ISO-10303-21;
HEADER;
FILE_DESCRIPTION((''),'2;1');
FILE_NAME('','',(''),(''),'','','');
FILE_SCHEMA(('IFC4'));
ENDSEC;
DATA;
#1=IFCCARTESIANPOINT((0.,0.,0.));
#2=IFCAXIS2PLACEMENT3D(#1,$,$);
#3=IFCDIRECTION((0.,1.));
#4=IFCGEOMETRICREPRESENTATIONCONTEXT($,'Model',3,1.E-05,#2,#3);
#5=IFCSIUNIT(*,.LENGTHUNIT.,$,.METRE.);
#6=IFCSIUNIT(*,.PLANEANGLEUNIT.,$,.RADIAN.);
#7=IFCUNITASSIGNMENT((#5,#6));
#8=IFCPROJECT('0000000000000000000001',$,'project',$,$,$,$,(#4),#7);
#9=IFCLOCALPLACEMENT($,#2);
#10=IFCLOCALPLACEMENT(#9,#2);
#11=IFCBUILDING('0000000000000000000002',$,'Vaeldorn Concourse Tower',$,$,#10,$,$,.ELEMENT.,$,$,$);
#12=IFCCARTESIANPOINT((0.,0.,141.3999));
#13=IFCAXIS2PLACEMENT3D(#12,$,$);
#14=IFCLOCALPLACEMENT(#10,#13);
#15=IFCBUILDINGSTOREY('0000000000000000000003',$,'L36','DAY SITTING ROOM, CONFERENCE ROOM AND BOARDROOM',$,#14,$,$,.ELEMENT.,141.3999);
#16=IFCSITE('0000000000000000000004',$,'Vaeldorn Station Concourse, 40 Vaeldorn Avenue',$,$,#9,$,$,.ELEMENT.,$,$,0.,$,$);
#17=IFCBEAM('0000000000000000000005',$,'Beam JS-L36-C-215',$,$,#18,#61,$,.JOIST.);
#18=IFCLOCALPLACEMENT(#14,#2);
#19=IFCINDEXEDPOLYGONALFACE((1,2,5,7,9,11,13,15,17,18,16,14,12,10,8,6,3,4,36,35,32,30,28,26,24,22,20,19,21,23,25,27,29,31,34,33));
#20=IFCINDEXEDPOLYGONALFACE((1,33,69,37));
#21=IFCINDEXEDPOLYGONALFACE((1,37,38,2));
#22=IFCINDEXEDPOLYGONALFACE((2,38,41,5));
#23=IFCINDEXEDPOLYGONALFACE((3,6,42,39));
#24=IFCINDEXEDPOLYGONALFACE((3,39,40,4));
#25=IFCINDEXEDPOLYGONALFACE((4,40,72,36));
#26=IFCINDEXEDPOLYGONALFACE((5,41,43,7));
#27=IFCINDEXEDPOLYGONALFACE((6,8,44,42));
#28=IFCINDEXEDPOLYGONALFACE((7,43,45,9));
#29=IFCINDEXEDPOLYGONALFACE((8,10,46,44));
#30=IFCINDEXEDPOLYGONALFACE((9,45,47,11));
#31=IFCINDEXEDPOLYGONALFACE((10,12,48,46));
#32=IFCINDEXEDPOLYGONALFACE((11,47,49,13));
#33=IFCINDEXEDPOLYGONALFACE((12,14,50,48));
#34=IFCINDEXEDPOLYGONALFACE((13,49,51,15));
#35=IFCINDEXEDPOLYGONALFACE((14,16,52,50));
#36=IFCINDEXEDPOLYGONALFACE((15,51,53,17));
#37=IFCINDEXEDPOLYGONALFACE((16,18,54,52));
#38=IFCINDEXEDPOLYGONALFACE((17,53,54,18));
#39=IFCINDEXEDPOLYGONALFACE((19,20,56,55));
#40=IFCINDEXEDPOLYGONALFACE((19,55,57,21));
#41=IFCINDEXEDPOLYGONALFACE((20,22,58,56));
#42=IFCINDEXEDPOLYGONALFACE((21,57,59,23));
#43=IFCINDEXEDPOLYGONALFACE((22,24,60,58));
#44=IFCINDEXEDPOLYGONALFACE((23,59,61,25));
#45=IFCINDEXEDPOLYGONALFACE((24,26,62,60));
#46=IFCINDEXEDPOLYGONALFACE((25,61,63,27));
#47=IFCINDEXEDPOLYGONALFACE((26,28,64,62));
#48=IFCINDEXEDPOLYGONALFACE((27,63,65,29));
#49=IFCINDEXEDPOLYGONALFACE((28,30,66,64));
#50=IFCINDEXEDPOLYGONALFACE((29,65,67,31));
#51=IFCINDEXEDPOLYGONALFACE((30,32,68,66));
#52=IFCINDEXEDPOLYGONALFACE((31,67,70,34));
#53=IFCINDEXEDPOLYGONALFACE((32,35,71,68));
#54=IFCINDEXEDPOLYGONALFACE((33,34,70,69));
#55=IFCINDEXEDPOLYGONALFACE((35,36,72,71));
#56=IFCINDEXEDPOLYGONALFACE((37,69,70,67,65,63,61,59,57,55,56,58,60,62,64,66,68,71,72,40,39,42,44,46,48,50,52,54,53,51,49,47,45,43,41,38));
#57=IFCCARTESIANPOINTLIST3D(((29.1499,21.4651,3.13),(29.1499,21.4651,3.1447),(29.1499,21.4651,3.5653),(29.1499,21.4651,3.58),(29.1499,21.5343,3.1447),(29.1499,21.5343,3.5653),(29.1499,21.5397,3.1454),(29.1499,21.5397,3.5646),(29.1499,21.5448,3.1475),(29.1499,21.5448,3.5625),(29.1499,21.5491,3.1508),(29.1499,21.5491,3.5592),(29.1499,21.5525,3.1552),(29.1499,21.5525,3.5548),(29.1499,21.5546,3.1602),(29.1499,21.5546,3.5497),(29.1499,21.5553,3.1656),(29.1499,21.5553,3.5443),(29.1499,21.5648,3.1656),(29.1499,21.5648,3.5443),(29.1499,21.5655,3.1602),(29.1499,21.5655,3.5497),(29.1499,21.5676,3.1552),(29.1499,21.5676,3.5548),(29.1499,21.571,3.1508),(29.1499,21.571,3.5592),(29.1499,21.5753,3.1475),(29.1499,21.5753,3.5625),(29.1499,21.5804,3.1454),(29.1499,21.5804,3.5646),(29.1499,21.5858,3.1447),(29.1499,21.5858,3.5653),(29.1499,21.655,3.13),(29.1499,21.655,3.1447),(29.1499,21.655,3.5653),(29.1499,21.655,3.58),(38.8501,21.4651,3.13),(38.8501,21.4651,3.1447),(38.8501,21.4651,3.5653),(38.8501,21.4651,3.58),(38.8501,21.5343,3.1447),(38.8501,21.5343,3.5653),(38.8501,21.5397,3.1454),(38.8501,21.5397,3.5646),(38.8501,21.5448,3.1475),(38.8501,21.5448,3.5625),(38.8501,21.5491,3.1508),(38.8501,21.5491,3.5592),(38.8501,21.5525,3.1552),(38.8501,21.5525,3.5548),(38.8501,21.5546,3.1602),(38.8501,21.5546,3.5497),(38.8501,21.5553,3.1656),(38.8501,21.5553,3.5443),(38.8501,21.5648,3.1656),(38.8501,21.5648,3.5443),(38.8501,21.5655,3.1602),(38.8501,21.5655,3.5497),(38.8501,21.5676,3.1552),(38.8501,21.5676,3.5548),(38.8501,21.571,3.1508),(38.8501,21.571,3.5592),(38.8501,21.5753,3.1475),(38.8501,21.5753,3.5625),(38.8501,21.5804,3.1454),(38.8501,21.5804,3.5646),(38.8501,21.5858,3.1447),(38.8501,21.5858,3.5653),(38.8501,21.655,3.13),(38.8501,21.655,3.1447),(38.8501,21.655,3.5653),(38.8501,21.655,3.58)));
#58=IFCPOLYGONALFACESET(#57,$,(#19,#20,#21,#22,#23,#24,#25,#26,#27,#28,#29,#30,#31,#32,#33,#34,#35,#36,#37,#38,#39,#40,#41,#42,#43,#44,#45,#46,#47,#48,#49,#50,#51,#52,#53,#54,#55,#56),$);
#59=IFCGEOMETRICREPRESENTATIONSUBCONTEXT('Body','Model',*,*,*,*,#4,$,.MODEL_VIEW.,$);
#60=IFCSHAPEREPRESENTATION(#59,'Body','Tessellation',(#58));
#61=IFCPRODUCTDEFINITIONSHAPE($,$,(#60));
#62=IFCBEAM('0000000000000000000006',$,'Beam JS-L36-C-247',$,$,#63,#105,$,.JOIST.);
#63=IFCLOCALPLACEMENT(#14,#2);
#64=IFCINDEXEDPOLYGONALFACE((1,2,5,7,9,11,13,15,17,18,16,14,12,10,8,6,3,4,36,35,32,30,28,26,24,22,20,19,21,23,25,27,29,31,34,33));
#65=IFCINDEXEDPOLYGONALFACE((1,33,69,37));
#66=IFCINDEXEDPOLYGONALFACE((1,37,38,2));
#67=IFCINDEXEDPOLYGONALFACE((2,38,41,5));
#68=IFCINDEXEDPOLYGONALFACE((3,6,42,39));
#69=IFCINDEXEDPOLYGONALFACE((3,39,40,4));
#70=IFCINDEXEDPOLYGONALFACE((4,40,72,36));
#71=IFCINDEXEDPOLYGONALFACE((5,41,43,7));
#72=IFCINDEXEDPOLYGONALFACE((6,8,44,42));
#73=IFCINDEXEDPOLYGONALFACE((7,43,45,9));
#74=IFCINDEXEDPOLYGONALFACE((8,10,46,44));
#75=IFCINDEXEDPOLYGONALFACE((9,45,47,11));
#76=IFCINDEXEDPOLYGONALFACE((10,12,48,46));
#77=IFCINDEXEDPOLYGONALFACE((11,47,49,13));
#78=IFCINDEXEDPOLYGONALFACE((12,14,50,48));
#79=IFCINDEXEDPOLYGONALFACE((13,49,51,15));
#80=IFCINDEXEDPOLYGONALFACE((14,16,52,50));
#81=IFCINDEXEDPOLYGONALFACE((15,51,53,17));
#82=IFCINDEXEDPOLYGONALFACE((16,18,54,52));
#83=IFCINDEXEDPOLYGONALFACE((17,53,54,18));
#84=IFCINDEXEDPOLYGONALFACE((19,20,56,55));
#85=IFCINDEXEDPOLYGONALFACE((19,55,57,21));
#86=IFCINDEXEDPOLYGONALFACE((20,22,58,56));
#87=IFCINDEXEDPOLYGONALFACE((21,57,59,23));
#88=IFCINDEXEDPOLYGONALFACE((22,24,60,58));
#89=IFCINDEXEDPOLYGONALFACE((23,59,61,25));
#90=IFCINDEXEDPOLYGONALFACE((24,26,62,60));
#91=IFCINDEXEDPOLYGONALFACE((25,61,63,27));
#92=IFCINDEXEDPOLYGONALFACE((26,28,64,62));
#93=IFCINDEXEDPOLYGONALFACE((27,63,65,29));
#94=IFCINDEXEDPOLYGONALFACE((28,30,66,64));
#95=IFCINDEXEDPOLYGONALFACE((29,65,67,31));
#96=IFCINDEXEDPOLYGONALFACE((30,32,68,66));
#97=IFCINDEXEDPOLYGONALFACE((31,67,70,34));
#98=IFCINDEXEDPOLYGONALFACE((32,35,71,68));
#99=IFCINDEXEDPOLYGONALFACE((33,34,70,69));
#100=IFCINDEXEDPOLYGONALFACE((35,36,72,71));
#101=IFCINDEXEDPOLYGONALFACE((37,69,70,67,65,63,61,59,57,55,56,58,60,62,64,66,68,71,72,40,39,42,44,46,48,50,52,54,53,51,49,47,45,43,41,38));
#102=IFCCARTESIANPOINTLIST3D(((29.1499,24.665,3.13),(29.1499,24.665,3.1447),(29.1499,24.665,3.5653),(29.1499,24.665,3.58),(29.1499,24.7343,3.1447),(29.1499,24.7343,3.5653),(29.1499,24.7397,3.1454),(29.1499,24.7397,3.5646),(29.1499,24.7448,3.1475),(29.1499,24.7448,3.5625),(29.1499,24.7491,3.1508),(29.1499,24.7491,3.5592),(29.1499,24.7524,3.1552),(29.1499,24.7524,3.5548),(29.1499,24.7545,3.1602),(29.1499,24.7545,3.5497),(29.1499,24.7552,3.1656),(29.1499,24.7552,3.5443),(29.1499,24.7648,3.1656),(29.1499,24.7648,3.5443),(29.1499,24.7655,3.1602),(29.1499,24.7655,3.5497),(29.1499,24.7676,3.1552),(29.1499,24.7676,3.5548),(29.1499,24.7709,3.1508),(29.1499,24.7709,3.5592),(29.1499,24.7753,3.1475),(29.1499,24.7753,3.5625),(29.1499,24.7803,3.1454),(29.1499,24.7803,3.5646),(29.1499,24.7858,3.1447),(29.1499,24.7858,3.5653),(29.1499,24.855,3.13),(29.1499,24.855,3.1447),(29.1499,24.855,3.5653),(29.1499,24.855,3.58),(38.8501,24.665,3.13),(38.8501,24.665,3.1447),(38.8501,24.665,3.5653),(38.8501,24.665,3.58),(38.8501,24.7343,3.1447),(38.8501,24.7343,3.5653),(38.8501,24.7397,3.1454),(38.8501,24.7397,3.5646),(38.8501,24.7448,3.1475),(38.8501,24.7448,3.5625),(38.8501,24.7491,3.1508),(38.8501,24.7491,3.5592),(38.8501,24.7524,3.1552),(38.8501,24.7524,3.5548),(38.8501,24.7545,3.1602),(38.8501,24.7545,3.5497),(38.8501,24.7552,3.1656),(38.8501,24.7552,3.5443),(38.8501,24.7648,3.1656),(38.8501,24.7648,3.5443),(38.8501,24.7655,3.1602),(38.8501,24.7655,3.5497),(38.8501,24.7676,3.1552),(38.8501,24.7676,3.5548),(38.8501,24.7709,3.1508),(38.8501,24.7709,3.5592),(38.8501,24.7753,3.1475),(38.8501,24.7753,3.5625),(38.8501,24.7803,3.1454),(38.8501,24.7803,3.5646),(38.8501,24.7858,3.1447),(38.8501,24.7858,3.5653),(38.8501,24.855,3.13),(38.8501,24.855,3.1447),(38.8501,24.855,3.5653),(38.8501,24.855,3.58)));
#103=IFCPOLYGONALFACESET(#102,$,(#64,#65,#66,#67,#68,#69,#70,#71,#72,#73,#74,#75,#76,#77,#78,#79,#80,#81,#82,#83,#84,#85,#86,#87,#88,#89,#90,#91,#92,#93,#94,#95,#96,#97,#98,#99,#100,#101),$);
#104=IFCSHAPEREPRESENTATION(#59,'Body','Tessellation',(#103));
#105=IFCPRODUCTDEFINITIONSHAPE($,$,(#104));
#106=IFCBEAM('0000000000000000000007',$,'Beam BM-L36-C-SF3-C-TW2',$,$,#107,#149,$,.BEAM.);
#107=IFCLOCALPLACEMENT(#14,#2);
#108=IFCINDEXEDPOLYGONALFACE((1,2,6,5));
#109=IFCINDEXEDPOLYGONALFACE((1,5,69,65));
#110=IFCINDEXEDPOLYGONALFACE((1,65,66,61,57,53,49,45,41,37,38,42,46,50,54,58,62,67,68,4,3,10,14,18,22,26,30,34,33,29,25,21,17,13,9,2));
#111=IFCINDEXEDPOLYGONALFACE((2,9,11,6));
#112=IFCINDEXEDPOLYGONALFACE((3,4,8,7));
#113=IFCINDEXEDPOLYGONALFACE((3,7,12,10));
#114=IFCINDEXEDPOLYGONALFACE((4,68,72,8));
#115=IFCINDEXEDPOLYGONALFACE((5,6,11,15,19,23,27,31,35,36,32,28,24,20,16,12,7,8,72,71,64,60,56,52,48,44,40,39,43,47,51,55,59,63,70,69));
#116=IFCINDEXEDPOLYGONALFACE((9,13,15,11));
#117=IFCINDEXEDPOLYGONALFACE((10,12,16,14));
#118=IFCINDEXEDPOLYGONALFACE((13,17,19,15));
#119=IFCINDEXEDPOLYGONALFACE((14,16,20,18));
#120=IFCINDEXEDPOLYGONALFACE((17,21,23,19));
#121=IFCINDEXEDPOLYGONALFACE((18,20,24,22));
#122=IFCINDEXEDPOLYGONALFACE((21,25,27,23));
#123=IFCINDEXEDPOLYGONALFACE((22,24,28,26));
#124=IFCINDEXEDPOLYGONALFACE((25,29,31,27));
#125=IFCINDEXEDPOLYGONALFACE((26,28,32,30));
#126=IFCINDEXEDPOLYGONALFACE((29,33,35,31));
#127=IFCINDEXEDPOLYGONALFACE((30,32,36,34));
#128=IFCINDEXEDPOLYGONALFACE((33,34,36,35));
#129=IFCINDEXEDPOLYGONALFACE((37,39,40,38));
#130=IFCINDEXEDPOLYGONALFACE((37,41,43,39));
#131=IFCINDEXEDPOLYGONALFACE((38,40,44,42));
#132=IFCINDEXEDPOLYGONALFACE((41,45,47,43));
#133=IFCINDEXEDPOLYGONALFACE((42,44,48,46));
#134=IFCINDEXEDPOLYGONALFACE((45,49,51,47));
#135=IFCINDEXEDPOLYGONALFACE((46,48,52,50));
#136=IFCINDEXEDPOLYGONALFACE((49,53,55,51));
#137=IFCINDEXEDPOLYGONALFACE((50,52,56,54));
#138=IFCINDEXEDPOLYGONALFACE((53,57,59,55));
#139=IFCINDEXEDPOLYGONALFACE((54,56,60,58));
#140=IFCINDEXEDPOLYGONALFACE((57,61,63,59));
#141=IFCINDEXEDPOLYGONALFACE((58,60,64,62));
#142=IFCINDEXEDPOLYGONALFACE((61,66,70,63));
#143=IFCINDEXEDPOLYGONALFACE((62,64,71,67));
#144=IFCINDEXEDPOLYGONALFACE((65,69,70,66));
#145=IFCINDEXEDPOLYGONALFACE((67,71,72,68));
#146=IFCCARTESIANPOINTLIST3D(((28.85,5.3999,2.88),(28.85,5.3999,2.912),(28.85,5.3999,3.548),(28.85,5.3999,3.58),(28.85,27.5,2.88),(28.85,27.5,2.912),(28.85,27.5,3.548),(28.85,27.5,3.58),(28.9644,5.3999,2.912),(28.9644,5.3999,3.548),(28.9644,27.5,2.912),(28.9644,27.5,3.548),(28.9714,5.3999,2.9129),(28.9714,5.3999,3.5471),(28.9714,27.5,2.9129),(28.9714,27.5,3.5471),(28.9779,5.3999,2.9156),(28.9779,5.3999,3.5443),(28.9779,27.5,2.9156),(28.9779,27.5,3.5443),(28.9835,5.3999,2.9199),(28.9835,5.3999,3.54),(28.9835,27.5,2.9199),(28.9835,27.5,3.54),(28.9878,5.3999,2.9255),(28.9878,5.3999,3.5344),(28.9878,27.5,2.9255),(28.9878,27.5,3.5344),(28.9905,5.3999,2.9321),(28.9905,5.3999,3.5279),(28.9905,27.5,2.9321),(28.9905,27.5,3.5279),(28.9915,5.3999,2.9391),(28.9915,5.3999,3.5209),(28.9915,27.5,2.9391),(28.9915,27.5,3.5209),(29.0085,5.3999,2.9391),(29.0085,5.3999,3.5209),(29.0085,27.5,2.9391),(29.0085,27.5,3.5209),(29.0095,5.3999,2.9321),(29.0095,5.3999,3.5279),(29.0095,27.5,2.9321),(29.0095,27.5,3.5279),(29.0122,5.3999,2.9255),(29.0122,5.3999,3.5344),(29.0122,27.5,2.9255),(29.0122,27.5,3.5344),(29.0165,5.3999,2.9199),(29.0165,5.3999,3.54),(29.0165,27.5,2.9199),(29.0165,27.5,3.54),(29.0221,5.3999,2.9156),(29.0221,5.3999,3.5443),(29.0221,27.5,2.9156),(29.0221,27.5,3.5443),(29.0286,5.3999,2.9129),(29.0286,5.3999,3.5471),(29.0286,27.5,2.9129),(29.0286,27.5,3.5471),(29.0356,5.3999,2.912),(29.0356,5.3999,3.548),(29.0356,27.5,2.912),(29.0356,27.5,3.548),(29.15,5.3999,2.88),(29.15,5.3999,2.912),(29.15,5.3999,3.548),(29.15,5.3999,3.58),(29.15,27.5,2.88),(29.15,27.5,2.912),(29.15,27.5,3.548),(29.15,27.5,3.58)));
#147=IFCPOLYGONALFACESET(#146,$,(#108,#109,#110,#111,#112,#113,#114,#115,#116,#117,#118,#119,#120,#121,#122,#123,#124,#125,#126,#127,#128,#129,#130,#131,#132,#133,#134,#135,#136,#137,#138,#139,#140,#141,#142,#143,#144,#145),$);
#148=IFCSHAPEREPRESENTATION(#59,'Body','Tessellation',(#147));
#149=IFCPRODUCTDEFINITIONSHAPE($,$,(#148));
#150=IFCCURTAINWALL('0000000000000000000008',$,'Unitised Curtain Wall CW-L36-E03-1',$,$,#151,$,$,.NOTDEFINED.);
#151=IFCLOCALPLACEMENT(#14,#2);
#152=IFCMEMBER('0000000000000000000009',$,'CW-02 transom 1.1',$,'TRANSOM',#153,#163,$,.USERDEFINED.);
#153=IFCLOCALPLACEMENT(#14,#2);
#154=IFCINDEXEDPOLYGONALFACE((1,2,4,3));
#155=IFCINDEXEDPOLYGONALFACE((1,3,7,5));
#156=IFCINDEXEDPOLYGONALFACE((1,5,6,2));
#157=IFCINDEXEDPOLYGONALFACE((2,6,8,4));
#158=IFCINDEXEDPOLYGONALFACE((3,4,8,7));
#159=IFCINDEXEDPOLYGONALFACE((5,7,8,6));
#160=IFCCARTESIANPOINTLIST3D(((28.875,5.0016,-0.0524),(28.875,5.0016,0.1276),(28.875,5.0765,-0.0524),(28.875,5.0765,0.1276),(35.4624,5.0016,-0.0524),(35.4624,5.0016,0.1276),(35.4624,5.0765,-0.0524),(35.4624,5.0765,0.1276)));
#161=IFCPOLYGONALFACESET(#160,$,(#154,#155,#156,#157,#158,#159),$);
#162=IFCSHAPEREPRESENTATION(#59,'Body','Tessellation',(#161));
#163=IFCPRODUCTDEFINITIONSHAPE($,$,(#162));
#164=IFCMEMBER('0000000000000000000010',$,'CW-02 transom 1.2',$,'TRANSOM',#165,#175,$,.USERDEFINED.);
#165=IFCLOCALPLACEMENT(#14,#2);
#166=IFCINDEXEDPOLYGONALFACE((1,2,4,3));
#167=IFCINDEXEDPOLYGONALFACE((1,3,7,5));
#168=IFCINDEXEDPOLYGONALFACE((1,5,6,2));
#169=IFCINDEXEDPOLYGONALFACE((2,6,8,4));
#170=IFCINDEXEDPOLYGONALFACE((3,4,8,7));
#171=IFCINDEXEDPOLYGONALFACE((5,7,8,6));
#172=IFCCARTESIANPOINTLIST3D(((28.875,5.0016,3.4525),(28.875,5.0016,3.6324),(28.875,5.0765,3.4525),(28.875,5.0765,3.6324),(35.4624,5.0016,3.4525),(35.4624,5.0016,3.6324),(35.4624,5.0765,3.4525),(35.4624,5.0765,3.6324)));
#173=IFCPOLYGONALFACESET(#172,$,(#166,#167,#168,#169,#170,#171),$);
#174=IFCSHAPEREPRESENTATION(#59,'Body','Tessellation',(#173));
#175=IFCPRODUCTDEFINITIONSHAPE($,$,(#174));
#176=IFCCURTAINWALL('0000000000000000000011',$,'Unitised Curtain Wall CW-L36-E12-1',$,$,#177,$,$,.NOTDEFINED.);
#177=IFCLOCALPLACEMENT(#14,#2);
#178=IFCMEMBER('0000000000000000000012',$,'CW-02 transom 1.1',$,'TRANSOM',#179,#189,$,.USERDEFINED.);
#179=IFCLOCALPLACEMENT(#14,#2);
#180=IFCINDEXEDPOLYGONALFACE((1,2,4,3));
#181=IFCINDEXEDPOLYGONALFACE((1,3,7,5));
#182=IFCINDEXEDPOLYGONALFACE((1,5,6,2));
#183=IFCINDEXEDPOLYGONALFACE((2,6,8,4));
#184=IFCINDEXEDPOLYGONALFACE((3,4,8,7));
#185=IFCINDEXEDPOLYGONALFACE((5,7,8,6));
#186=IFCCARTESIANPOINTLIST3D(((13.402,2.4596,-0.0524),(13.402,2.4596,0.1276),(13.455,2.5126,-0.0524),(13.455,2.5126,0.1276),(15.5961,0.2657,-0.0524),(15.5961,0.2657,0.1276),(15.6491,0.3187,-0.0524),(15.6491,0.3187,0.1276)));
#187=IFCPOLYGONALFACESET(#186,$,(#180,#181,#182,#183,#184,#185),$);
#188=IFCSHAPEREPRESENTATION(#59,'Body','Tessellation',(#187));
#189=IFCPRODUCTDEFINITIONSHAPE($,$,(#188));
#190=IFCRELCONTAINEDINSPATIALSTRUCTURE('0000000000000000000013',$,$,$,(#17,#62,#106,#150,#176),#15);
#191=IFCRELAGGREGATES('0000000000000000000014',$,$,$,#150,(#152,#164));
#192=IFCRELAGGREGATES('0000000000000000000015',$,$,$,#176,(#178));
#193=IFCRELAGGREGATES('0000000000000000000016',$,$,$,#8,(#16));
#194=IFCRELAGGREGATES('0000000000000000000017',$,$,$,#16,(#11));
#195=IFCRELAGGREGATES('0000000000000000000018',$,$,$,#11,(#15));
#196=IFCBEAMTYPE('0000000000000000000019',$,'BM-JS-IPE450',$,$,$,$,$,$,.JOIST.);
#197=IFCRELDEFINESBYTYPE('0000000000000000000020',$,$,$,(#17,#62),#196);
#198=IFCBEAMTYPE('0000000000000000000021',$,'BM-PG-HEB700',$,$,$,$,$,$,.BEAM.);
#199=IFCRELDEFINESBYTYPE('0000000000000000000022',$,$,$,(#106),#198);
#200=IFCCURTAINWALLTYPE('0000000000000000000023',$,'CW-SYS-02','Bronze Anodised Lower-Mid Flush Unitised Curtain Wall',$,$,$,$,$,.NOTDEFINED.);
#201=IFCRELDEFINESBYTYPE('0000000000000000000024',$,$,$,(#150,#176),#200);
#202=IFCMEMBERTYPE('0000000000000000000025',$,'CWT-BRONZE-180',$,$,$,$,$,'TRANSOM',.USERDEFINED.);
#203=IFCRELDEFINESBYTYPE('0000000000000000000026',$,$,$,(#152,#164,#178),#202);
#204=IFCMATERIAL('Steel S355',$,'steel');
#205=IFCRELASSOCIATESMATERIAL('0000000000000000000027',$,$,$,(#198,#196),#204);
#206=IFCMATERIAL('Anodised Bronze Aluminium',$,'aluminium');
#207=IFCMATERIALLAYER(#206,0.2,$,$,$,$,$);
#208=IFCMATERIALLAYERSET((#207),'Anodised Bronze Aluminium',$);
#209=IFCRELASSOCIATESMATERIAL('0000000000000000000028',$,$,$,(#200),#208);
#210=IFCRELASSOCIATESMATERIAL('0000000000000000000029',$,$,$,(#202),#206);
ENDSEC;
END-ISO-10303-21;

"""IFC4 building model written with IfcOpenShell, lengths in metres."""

from ifc_helpers import new_model, si_unit, direction, frame, origin, origin_2d, place, context, subcontext, project, spatial, rectangle, i_section, extrude, source, transform, mapped, material, layer, layer_set, material_profile, profile_set, type_object, element, aggregate, save


model = new_model("IFC4")

# Units and contexts
model_context = context("Model", 3, precision=1e-05, world=origin(), true_north=direction((0.0, 1.0)))
body_context = subcontext(model_context, "Body", "Model", "MODEL_VIEW")
ifc_project = project(units=[si_unit("LENGTHUNIT", "METRE"), si_unit("PLANEANGLEUNIT", "RADIAN")], contexts=[model_context])

# Site, building, storey
site_placement = place(None, origin())
site = spatial("IfcSite", under=ifc_project, at=site_placement, Name="Vaeldorn Station Concourse, 40 Vaeldorn Avenue", CompositionType="ELEMENT", RefElevation=0.0)
building_placement = place(site_placement, origin())
building = spatial("IfcBuilding", under=site, at=building_placement, Name="Vaeldorn Concourse Tower", CompositionType="ELEMENT")
storey_placement = place(building_placement, frame((0.0, 0.0, 141.3999)))
storey = spatial("IfcBuildingStorey", under=building, at=storey_placement, Name="L36", Description="DAY SITTING ROOM, CONFERENCE ROOM AND BOARDROOM", CompositionType="ELEMENT", Elevation=141.3999)

# Beams
ifc_material_1 = material(Name="Steel S355", Category="steel")
ifc_material_profile_1 = material_profile(ifc_material_1, i_section(OverallWidth=0.3, OverallDepth=0.7, WebThickness=0.0171, FlangeThickness=0.032, FilletRadius=0.0271, at=origin_2d()), Name="HEB 700")
ifc_profile_set_1 = profile_set([ifc_material_profile_1], Name="Steel S355")
beam_type_1 = type_object("IfcBeamType", Name="BM-PG-HEB700", PredefinedType="BEAM", material=ifc_profile_set_1)
ifc_material_profile_2 = material_profile(ifc_material_1, i_section(OverallWidth=0.1899, OverallDepth=0.45, WebThickness=0.0095, FlangeThickness=0.0146, FilletRadius=0.021, at=origin_2d()), Name="IPE 450")
ifc_profile_set_2 = profile_set([ifc_material_profile_2], Name="Steel S355")
beam_type_2 = type_object("IfcBeamType", Name="BM-JS-IPE450", PredefinedType="JOIST", material=ifc_profile_set_2)
shared_shape_1 = source(origin(), body_context, "Body", "SweptSolid", [
    extrude(i_section(OverallWidth=0.1899, OverallDepth=0.45, WebThickness=0.0095, FlangeThickness=0.0146, FilletRadius=0.021, at=origin_2d()), origin(), (0.0, 0.0, 1.0), 9.7002),
])
for number, where, z_axis, x_axis, name in (
    (1, (29.1499, 21.5601, 3.355), (1.0, 0.0, 0.0), (0.0, 1.0, 0.0), "Beam JS-L36-C-215"),
    (2, (29.1499, 24.76, 3.355), (1.0, 0.0, 0.0), (0.0, 1.0, 0.0), "Beam JS-L36-C-247"),
):
    element("IfcBeam", number, at=place(storey_placement, frame(where, z_axis=z_axis, x_axis=x_axis)), inside=storey, type_object=beam_type_2, Name=name, PredefinedType="JOIST", context=body_context, shape_type="MappedRepresentation", body=[
        mapped(shared_shape_1, transform((0.0, 0.0, 0.0), scale=1.0)),
    ])
shared_shape_2 = source(origin(), body_context, "Body", "SweptSolid", [
    extrude(i_section(OverallWidth=0.3, OverallDepth=0.7, WebThickness=0.0171, FlangeThickness=0.032, FilletRadius=0.0271, at=origin_2d()), origin(), (0.0, 0.0, 1.0), 22.1001),
])
beam_1_placement = place(storey_placement, frame((29.0, 5.3999, 3.23), z_axis=(0.0, 1.0, 0.0), x_axis=(-1.0, 0.0, 0.0)))
element("IfcBeam", 3, at=beam_1_placement, inside=storey, type_object=beam_type_1, Name="Beam BM-L36-C-SF3-C-TW2", PredefinedType="BEAM", context=body_context, shape_type="MappedRepresentation", body=[
    mapped(shared_shape_2, transform((0.0, 0.0, 0.0), scale=1.0)),
])

# Curtain walls, members
ifc_material_2 = material(Name="Anodised Bronze Aluminium", Category="aluminium")
ifc_layer_1 = layer(ifc_material_2, 0.2)
ifc_layer_set_1 = layer_set([ifc_layer_1], Name="Anodised Bronze Aluminium")
curtain_wall_type = type_object("IfcCurtainWallType", Name="CW-SYS-02", Description="Bronze Anodised Lower-Mid Flush Unitised Curtain Wall", PredefinedType="NOTDEFINED", material=ifc_layer_set_1)
curtain_wall_1_placement = place(storey_placement, origin())
curtain_wall_1 = element("IfcCurtainWall", 4, at=curtain_wall_1_placement, inside=storey, type_object=curtain_wall_type, Name="Unitised Curtain Wall CW-L36-E03-1", PredefinedType="NOTDEFINED")
ifc_material_profile_3 = material_profile(ifc_material_2, rectangle(XDim=0.075, YDim=0.1799, at=origin_2d()), Name="CWT 75x180")
ifc_profile_set_3 = profile_set([ifc_material_profile_3], Name="Anodised Bronze Aluminium")
member_type_1 = type_object("IfcMemberType", Name="CWT-BRONZE-180", ElementType="TRANSOM", PredefinedType="USERDEFINED", material=ifc_profile_set_3)
shared_shape_3 = source(origin(), body_context, "Body", "SweptSolid", [
    extrude(rectangle(XDim=0.075, YDim=0.1799, at=origin_2d()), origin(), (0.0, 0.0, 1.0), 6.5874),
])
member_1_placement = place(storey_placement, frame((28.875, 5.0391, 0.0376), z_axis=(1.0, 0.0, 0.0), x_axis=(0.0, 1.0, 0.0)))
member_1 = element("IfcMember", 5, at=member_1_placement, type_object=member_type_1, Name="CW-02 transom 1.1", ObjectType="TRANSOM", PredefinedType="USERDEFINED", context=body_context, shape_type="MappedRepresentation", body=[
    mapped(shared_shape_3, transform((0.0, 0.0, 0.0), scale=1.0)),
])
member_2_placement = place(storey_placement, frame((28.875, 5.0391, 3.5425), z_axis=(1.0, 0.0, 0.0), x_axis=(0.0, 1.0, 0.0)))
member_2 = element("IfcMember", 6, at=member_2_placement, type_object=member_type_1, Name="CW-02 transom 1.2", ObjectType="TRANSOM", PredefinedType="USERDEFINED", context=body_context, shape_type="MappedRepresentation", body=[
    mapped(shared_shape_3, transform((0.0, 0.0, 0.0), scale=1.0)),
])
curtain_wall_2_placement = place(storey_placement, origin())
curtain_wall_2 = element("IfcCurtainWall", 7, at=curtain_wall_2_placement, inside=storey, type_object=curtain_wall_type, Name="Unitised Curtain Wall CW-L36-E12-1", PredefinedType="NOTDEFINED")
shared_shape_4 = source(origin(), body_context, "Body", "SweptSolid", [
    extrude(rectangle(XDim=0.075, YDim=0.1799, at=origin_2d()), origin(), (0.0, 0.0, 1.0), 3.1028),
])
member_3_placement = place(storey_placement, frame((13.4285, 2.4861, 0.0376), z_axis=(0.707146, -0.707067, 0.0), x_axis=(0.707067, 0.707146, 0.0)))
member_3 = element("IfcMember", 8, at=member_3_placement, type_object=member_type_1, Name="CW-02 transom 1.1", ObjectType="TRANSOM", PredefinedType="USERDEFINED", context=body_context, shape_type="MappedRepresentation", body=[
    mapped(shared_shape_4, transform((0.0, 0.0, 0.0), scale=1.0)),
])

aggregate(curtain_wall_1, [member_1, member_2])

aggregate(curtain_wall_2, [member_3])

save(model, "model.ifc")
